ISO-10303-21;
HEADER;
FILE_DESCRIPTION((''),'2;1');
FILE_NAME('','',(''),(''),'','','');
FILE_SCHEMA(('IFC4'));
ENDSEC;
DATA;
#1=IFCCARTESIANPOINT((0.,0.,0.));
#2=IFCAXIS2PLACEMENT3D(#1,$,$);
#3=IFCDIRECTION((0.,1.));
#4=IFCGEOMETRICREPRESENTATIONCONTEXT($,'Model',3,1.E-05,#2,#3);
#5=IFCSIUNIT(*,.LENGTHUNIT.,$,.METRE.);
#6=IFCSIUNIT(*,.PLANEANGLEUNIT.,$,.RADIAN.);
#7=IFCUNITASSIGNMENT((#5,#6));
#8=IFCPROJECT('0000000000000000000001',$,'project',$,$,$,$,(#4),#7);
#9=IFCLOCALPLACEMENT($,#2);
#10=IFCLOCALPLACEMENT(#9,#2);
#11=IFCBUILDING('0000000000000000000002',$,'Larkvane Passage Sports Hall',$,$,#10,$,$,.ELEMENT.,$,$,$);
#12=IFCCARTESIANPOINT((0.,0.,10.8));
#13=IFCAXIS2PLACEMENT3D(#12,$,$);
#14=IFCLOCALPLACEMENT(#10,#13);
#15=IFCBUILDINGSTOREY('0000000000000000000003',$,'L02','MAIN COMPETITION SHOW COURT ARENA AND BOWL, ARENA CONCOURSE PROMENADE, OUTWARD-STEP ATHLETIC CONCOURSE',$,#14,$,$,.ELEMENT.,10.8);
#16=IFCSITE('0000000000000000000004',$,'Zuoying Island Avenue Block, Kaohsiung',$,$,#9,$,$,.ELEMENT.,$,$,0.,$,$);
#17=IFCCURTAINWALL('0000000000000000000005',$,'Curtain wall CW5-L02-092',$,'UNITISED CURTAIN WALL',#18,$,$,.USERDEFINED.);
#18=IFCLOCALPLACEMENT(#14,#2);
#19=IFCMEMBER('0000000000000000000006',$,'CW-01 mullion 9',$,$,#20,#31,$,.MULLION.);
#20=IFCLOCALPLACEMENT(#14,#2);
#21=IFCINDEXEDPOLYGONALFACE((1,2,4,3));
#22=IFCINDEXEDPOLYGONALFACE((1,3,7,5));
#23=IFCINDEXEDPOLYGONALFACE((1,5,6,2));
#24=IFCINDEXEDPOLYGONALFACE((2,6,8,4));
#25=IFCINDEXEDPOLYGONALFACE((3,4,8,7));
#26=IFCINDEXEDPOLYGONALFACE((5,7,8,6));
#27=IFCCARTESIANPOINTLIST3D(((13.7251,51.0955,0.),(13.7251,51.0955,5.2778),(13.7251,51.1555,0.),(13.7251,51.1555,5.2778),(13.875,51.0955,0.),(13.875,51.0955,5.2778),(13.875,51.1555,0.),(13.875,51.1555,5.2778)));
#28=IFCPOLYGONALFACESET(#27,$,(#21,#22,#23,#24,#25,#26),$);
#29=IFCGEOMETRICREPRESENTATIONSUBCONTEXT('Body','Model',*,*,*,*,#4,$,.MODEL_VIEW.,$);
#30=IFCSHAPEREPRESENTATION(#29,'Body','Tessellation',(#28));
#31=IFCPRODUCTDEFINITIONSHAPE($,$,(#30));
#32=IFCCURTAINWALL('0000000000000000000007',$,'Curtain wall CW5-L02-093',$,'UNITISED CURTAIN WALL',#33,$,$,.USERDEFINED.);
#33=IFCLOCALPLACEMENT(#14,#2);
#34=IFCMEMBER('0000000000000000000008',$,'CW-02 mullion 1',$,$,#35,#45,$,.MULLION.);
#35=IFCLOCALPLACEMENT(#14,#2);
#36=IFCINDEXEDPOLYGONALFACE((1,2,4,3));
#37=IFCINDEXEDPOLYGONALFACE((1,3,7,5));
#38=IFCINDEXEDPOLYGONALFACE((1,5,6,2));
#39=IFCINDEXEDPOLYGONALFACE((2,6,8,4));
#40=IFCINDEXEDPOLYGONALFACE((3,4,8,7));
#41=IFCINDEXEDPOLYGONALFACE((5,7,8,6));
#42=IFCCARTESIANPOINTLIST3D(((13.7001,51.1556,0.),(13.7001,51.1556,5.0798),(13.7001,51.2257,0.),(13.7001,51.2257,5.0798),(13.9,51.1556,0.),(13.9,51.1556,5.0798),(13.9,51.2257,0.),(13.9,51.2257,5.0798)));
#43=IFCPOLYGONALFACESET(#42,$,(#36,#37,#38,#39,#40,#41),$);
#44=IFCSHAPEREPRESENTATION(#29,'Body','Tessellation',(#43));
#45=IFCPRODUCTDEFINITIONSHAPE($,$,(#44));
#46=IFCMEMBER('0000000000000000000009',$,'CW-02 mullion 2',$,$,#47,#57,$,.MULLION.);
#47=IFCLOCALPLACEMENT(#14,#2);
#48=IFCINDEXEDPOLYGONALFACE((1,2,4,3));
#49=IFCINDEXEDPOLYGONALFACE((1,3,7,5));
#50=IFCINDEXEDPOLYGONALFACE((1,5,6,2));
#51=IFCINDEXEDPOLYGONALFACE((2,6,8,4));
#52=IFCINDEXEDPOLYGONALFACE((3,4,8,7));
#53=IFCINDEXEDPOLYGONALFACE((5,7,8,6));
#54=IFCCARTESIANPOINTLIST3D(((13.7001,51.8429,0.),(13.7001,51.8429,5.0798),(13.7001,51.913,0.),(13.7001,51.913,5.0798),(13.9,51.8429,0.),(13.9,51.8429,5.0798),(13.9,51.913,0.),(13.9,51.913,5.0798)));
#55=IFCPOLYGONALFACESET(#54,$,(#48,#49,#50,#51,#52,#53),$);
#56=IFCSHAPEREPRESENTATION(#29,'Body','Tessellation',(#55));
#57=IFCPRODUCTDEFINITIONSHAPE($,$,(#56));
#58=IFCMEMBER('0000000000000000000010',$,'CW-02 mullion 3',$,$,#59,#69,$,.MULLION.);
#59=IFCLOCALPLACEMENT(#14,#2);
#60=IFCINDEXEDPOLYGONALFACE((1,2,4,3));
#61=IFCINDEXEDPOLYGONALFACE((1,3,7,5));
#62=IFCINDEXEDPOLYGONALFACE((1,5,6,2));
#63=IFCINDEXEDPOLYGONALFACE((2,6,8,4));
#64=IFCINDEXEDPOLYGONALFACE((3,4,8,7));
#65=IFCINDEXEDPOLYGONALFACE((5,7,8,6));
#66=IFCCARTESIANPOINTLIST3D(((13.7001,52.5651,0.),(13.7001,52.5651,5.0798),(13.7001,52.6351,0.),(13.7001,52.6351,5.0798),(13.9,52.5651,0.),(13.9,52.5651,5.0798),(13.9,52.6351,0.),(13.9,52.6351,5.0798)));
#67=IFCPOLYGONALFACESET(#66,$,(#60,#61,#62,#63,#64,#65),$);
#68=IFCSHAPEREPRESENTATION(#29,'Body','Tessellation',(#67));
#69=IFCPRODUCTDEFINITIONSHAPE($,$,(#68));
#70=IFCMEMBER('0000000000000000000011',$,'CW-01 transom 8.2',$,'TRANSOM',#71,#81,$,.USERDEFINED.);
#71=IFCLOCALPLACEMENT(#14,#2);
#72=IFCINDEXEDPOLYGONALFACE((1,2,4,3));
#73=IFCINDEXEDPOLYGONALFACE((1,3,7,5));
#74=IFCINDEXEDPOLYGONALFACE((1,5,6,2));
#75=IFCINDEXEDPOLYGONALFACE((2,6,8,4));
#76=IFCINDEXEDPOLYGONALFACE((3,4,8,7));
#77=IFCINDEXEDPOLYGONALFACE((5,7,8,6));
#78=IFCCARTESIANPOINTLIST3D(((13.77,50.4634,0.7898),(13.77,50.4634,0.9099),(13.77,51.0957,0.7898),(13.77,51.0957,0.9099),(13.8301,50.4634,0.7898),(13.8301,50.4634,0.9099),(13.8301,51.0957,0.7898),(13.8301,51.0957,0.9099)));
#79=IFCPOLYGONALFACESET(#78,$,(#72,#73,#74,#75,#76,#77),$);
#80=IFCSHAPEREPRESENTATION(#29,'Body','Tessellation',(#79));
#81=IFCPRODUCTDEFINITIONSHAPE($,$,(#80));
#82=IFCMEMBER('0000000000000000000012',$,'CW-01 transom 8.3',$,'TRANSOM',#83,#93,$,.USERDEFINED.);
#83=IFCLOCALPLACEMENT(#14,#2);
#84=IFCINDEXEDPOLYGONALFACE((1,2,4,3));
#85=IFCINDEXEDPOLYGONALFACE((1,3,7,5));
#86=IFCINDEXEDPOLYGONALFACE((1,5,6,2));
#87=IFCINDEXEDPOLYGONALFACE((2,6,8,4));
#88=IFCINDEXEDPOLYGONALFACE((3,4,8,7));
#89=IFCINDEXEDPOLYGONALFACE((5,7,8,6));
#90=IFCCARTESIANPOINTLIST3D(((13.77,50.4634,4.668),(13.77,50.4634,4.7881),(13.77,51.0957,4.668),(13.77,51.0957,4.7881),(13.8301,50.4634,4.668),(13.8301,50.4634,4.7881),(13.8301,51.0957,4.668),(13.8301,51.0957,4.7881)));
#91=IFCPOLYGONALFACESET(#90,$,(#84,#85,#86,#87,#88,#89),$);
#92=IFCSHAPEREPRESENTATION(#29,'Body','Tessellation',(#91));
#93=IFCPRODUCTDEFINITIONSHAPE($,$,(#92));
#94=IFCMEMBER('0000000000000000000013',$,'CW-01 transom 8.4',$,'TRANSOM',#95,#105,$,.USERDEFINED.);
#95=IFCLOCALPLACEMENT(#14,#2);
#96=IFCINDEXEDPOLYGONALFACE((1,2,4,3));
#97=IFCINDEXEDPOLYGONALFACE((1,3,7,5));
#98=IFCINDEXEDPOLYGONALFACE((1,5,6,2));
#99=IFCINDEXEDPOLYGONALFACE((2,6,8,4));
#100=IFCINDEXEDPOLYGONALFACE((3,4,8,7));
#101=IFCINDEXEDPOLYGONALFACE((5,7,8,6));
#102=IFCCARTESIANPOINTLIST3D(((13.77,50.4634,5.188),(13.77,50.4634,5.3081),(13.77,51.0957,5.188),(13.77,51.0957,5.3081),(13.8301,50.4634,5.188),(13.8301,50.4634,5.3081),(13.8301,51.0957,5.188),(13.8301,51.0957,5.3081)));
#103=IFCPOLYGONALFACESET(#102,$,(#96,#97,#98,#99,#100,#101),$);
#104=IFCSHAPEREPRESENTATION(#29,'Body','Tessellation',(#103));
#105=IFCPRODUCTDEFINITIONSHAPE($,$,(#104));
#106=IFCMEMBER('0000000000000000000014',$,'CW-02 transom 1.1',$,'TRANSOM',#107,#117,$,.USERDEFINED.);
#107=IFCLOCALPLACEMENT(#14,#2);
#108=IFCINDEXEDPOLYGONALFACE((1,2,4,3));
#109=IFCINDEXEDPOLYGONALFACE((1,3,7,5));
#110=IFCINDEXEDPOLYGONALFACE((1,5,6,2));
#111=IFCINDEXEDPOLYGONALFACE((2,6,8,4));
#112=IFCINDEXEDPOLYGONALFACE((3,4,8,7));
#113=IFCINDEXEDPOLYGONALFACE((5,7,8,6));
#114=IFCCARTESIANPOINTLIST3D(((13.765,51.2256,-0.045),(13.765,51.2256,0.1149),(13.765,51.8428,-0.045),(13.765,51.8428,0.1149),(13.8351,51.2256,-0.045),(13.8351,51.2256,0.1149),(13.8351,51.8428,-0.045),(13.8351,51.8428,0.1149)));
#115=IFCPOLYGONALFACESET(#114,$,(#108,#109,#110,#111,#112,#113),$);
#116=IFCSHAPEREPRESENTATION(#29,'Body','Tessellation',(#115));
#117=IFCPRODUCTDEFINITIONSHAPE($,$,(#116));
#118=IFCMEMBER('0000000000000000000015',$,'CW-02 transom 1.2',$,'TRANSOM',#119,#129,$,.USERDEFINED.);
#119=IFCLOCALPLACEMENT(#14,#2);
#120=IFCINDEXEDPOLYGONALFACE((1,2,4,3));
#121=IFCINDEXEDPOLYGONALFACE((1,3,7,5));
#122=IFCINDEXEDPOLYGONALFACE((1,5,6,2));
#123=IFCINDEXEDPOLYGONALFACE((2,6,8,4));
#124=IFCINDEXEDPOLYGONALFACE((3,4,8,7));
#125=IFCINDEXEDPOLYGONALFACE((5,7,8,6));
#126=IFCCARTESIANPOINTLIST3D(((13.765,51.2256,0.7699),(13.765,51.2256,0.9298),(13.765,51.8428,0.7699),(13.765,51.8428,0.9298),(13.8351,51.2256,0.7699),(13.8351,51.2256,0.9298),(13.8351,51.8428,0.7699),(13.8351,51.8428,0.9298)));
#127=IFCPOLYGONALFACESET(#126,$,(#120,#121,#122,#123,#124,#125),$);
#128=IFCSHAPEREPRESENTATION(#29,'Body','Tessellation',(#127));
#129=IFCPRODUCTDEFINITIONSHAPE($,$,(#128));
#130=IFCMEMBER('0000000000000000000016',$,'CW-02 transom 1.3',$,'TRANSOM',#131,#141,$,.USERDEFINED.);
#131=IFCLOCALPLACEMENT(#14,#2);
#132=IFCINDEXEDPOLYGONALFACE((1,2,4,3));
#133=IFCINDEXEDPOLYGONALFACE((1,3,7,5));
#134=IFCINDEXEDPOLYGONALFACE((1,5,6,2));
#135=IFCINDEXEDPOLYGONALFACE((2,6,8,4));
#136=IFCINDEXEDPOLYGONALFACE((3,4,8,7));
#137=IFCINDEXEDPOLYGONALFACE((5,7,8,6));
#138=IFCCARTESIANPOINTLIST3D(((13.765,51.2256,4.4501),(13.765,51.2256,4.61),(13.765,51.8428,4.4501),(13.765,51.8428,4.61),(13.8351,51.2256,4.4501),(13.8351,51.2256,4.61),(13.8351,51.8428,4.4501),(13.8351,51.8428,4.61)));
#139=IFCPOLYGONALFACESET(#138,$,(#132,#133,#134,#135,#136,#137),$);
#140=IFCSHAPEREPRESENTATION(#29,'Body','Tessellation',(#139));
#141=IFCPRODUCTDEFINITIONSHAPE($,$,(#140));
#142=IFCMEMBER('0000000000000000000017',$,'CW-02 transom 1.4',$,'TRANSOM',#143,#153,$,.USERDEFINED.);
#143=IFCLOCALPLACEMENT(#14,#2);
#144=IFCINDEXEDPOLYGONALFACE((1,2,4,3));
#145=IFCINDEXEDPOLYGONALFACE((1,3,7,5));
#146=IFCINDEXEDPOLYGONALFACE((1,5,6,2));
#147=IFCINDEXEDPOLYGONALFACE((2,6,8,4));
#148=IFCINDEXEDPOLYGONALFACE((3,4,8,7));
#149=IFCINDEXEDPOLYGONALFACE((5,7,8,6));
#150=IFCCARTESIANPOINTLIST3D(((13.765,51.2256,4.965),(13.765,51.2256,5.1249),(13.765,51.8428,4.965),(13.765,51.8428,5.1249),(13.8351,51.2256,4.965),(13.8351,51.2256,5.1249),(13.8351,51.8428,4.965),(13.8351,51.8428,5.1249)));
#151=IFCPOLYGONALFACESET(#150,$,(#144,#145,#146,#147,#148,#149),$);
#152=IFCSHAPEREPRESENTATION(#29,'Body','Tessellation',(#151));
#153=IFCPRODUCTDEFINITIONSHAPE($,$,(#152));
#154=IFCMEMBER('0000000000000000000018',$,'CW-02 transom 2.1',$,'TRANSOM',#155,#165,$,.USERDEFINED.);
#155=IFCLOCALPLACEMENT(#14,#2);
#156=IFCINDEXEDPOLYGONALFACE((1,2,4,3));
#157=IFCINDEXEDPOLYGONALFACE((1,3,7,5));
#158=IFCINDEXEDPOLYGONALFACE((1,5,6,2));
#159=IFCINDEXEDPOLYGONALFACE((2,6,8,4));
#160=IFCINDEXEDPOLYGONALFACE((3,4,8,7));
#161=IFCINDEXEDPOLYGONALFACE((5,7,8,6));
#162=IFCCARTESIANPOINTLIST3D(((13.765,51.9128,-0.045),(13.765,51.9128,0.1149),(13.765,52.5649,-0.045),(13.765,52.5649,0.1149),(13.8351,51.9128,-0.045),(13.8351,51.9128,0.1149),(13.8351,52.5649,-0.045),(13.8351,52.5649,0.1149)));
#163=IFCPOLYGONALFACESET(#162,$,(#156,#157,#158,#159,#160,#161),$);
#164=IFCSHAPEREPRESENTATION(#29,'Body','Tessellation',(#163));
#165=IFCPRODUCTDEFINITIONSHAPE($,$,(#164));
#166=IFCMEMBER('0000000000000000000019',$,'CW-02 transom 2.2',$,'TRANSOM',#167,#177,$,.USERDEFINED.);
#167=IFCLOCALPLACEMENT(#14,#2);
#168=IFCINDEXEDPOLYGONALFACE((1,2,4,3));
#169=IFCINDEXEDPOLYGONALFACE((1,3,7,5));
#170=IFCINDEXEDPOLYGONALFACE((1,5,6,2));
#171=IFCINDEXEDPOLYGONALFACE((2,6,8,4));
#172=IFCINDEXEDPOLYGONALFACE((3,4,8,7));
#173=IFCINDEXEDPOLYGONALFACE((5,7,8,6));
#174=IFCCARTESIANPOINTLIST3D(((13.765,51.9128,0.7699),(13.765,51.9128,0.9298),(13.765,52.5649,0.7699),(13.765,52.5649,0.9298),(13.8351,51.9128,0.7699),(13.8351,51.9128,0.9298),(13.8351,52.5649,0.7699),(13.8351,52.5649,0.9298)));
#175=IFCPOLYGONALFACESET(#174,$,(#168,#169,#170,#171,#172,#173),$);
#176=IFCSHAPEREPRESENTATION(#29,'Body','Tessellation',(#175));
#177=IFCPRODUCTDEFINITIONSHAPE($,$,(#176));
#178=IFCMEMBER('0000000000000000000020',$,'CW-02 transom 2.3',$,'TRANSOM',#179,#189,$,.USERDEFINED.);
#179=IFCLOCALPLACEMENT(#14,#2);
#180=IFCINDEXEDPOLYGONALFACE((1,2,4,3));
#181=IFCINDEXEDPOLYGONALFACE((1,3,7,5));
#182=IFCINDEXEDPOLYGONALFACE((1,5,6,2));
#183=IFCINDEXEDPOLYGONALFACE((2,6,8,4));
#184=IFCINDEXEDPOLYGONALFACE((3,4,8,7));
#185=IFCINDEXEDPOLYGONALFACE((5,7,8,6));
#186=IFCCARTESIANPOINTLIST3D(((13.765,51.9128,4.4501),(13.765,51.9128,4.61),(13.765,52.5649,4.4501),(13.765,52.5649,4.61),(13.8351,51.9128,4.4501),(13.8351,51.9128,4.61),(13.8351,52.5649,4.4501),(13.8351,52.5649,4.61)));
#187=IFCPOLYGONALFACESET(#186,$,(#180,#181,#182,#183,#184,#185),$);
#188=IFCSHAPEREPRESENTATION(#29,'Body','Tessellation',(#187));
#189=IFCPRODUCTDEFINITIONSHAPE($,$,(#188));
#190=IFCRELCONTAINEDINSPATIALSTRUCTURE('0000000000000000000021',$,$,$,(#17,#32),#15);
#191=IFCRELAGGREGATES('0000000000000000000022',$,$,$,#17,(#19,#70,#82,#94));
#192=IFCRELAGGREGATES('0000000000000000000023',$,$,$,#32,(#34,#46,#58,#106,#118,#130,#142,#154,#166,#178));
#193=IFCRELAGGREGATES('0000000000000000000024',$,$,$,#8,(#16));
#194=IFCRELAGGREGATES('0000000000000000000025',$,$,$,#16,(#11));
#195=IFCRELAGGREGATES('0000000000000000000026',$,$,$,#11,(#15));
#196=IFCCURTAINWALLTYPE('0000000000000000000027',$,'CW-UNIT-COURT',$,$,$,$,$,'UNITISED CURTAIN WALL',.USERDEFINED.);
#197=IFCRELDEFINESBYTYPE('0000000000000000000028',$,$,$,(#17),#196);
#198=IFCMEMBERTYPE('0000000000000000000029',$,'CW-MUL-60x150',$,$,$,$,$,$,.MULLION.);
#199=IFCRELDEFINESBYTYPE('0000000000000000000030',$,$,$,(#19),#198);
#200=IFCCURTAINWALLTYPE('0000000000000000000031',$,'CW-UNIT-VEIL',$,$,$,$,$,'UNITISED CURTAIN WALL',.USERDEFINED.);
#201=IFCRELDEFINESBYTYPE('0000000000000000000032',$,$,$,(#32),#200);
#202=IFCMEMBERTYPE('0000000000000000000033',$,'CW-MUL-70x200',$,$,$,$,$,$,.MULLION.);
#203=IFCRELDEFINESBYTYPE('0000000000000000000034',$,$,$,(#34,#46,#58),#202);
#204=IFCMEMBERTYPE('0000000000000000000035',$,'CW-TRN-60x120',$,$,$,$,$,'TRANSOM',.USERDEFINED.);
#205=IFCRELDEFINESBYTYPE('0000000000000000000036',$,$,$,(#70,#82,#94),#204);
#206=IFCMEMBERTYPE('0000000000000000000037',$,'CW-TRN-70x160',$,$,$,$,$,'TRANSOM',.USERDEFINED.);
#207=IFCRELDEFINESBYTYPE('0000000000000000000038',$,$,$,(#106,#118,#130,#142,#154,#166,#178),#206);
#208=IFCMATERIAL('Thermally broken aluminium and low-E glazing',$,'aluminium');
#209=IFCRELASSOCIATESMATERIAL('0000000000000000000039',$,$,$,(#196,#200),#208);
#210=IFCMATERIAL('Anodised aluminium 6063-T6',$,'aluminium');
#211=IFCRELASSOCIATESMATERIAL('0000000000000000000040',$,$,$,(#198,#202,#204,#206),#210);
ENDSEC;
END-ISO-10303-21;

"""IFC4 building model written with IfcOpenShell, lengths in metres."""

from ifc_helpers import new_model, si_unit, direction, frame, origin, origin_2d, place, context, subcontext, project, spatial, rectangle, extrude, material, material_profile, profile_set, type_object, element, aggregate, save


model = new_model("IFC4")

# Units and contexts
model_context = context("Model", 3, precision=1e-05, world=origin(), true_north=direction((0.0, 1.0)))
body_context = subcontext(model_context, "Body", "Model", "MODEL_VIEW")
ifc_project = project(units=[si_unit("LENGTHUNIT", "METRE"), si_unit("PLANEANGLEUNIT", "RADIAN")], contexts=[model_context])

# Site, building, storey
site_placement = place(None, origin())
site = spatial("IfcSite", under=ifc_project, at=site_placement, Name="Zuoying Island Avenue Block, Kaohsiung", CompositionType="ELEMENT", RefElevation=0.0)
building_placement = place(site_placement, origin())
building = spatial("IfcBuilding", under=site, at=building_placement, Name="Larkvane Passage Sports Hall", CompositionType="ELEMENT")
storey_placement = place(building_placement, frame((0.0, 0.0, 10.8)))
storey = spatial("IfcBuildingStorey", under=building, at=storey_placement, Name="L02", Description="MAIN COMPETITION SHOW COURT ARENA AND BOWL, ARENA CONCOURSE PROMENADE, OUTWARD-STEP ATHLETIC CONCOURSE", CompositionType="ELEMENT", Elevation=10.8)

# Curtain wall, member
ifc_material_1 = material(Name="Thermally broken aluminium and low-E glazing", Category="aluminium")
curtain_wall_type_1 = type_object("IfcCurtainWallType", Name="CW-UNIT-COURT", ElementType="UNITISED CURTAIN WALL", PredefinedType="USERDEFINED", material=ifc_material_1)
curtain_wall_1_placement = place(storey_placement, origin())
curtain_wall_1 = element("IfcCurtainWall", 1, at=curtain_wall_1_placement, inside=storey, type_object=curtain_wall_type_1, Name="Curtain wall CW5-L02-092", ObjectType="UNITISED CURTAIN WALL", PredefinedType="USERDEFINED")
ifc_material_2 = material(Name="Anodised aluminium 6063-T6", Category="aluminium")
ifc_material_profile_1 = material_profile(ifc_material_2, rectangle(XDim=0.0601, YDim=0.1499, at=origin_2d()), Name="ALU-MUL-60x150")
ifc_profile_set_1 = profile_set([ifc_material_profile_1], Name="Anodised aluminium 6063-T6")
member_type_1 = type_object("IfcMemberType", Name="CW-MUL-60x150", PredefinedType="MULLION", material=ifc_profile_set_1)
member_1_placement = place(storey_placement, frame((13.8, 51.1255, 0.0), z_axis=(0.0, 0.0, 1.0), x_axis=(0.0, 1.0, 0.0)))
member_1 = element("IfcMember", 2, at=member_1_placement, type_object=member_type_1, Name="CW-01 mullion 9", PredefinedType="MULLION", context=body_context, shape_type="SweptSolid", body=[
    extrude(rectangle(XDim=0.0601, YDim=0.1499, at=origin_2d()), origin(), (0.0, 0.0, 1.0), 5.2778),
])

# Curtain wall, members
curtain_wall_type_2 = type_object("IfcCurtainWallType", Name="CW-UNIT-VEIL", ElementType="UNITISED CURTAIN WALL", PredefinedType="USERDEFINED", material=ifc_material_1)
curtain_wall_2_placement = place(storey_placement, origin())
curtain_wall_2 = element("IfcCurtainWall", 3, at=curtain_wall_2_placement, inside=storey, type_object=curtain_wall_type_2, Name="Curtain wall CW5-L02-093", ObjectType="UNITISED CURTAIN WALL", PredefinedType="USERDEFINED")
ifc_material_profile_2 = material_profile(ifc_material_2, rectangle(XDim=0.0701, YDim=0.2, at=origin_2d()), Name="ALU-MUL-70x200")
ifc_profile_set_2 = profile_set([ifc_material_profile_2], Name="Anodised aluminium 6063-T6")
member_type_2 = type_object("IfcMemberType", Name="CW-MUL-70x200", PredefinedType="MULLION", material=ifc_profile_set_2)
member_2_placement = place(storey_placement, frame((13.8, 51.1907, 0.0), z_axis=(0.0, 0.0, 1.0), x_axis=(0.0, 1.0, 0.0)))
member_2 = element("IfcMember", 4, at=member_2_placement, type_object=member_type_2, Name="CW-02 mullion 1", PredefinedType="MULLION", context=body_context, shape_type="SweptSolid", body=[
    extrude(rectangle(XDim=0.0701, YDim=0.2, at=origin_2d()), origin(), (0.0, 0.0, 1.0), 5.0798),
])
member_3_placement = place(storey_placement, frame((13.8, 51.8779, 0.0), z_axis=(0.0, 0.0, 1.0), x_axis=(0.0, 1.0, 0.0)))
member_3 = element("IfcMember", 5, at=member_3_placement, type_object=member_type_2, Name="CW-02 mullion 2", PredefinedType="MULLION", context=body_context, shape_type="SweptSolid", body=[
    extrude(rectangle(XDim=0.0701, YDim=0.2, at=origin_2d()), origin(), (0.0, 0.0, 1.0), 5.0798),
])
member_4_placement = place(storey_placement, frame((13.8, 52.6001, 0.0), z_axis=(0.0, 0.0, 1.0), x_axis=(0.0, 1.0, 0.0)))
member_4 = element("IfcMember", 6, at=member_4_placement, type_object=member_type_2, Name="CW-02 mullion 3", PredefinedType="MULLION", context=body_context, shape_type="SweptSolid", body=[
    extrude(rectangle(XDim=0.0701, YDim=0.2, at=origin_2d()), origin(), (0.0, 0.0, 1.0), 5.0798),
])

# Members
ifc_material_profile_3 = material_profile(ifc_material_2, rectangle(XDim=0.0601, YDim=0.1201, at=origin_2d()), Name="ALU-TRN-60x120")
ifc_profile_set_3 = profile_set([ifc_material_profile_3], Name="Anodised aluminium 6063-T6")
member_type_3 = type_object("IfcMemberType", Name="CW-TRN-60x120", ElementType="TRANSOM", PredefinedType="USERDEFINED", material=ifc_profile_set_3)
member_5_placement = place(storey_placement, frame((13.8, 50.4634, 0.8499), z_axis=(0.0, 1.0, 0.0), x_axis=(-1.0, 0.0, 0.0)))
member_5 = element("IfcMember", 7, at=member_5_placement, type_object=member_type_3, Name="CW-01 transom 8.2", ObjectType="TRANSOM", PredefinedType="USERDEFINED", context=body_context, shape_type="SweptSolid", body=[
    extrude(rectangle(XDim=0.0601, YDim=0.1201, at=origin_2d()), origin(), (0.0, 0.0, 1.0), 0.6323),
])
member_6_placement = place(storey_placement, frame((13.8, 50.4634, 4.728), z_axis=(0.0, 1.0, 0.0), x_axis=(-1.0, 0.0, 0.0)))
member_6 = element("IfcMember", 8, at=member_6_placement, type_object=member_type_3, Name="CW-01 transom 8.3", ObjectType="TRANSOM", PredefinedType="USERDEFINED", context=body_context, shape_type="SweptSolid", body=[
    extrude(rectangle(XDim=0.0601, YDim=0.1201, at=origin_2d()), origin(), (0.0, 0.0, 1.0), 0.6323),
])
member_7_placement = place(storey_placement, frame((13.8, 50.4634, 5.248), z_axis=(0.0, 1.0, 0.0), x_axis=(-1.0, 0.0, 0.0)))
member_7 = element("IfcMember", 9, at=member_7_placement, type_object=member_type_3, Name="CW-01 transom 8.4", ObjectType="TRANSOM", PredefinedType="USERDEFINED", context=body_context, shape_type="SweptSolid", body=[
    extrude(rectangle(XDim=0.0601, YDim=0.1201, at=origin_2d()), origin(), (0.0, 0.0, 1.0), 0.6323),
])
ifc_material_profile_4 = material_profile(ifc_material_2, rectangle(XDim=0.0701, YDim=0.1599, at=origin_2d()), Name="ALU-TRN-70x160")
ifc_profile_set_4 = profile_set([ifc_material_profile_4], Name="Anodised aluminium 6063-T6")
member_type_4 = type_object("IfcMemberType", Name="CW-TRN-70x160", ElementType="TRANSOM", PredefinedType="USERDEFINED", material=ifc_profile_set_4)
member_8_placement = place(storey_placement, frame((13.8, 51.2256, 0.0349), z_axis=(0.0, 1.0, 0.0), x_axis=(-1.0, 0.0, 0.0)))
member_8 = element("IfcMember", 10, at=member_8_placement, type_object=member_type_4, Name="CW-02 transom 1.1", ObjectType="TRANSOM", PredefinedType="USERDEFINED", context=body_context, shape_type="SweptSolid", body=[
    extrude(rectangle(XDim=0.0701, YDim=0.1599, at=origin_2d()), origin(), (0.0, 0.0, 1.0), 0.6172),
])
member_9_placement = place(storey_placement, frame((13.8, 51.2256, 0.8499), z_axis=(0.0, 1.0, 0.0), x_axis=(-1.0, 0.0, 0.0)))
member_9 = element("IfcMember", 11, at=member_9_placement, type_object=member_type_4, Name="CW-02 transom 1.2", ObjectType="TRANSOM", PredefinedType="USERDEFINED", context=body_context, shape_type="SweptSolid", body=[
    extrude(rectangle(XDim=0.0701, YDim=0.1599, at=origin_2d()), origin(), (0.0, 0.0, 1.0), 0.6172),
])
member_10_placement = place(storey_placement, frame((13.8, 51.2256, 4.53), z_axis=(0.0, 1.0, 0.0), x_axis=(-1.0, 0.0, 0.0)))
member_10 = element("IfcMember", 12, at=member_10_placement, type_object=member_type_4, Name="CW-02 transom 1.3", ObjectType="TRANSOM", PredefinedType="USERDEFINED", context=body_context, shape_type="SweptSolid", body=[
    extrude(rectangle(XDim=0.0701, YDim=0.1599, at=origin_2d()), origin(), (0.0, 0.0, 1.0), 0.6172),
])
member_11_placement = place(storey_placement, frame((13.8, 51.2256, 5.0449), z_axis=(0.0, 1.0, 0.0), x_axis=(-1.0, 0.0, 0.0)))
member_11 = element("IfcMember", 13, at=member_11_placement, type_object=member_type_4, Name="CW-02 transom 1.4", ObjectType="TRANSOM", PredefinedType="USERDEFINED", context=body_context, shape_type="SweptSolid", body=[
    extrude(rectangle(XDim=0.0701, YDim=0.1599, at=origin_2d()), origin(), (0.0, 0.0, 1.0), 0.6172),
])
member_12_placement = place(storey_placement, frame((13.8, 51.9128, 0.0349), z_axis=(0.0, 1.0, 0.0), x_axis=(-1.0, 0.0, 0.0)))
member_12 = element("IfcMember", 14, at=member_12_placement, type_object=member_type_4, Name="CW-02 transom 2.1", ObjectType="TRANSOM", PredefinedType="USERDEFINED", context=body_context, shape_type="SweptSolid", body=[
    extrude(rectangle(XDim=0.0701, YDim=0.1599, at=origin_2d()), origin(), (0.0, 0.0, 1.0), 0.6521),
])
member_13_placement = place(storey_placement, frame((13.8, 51.9128, 0.8499), z_axis=(0.0, 1.0, 0.0), x_axis=(-1.0, 0.0, 0.0)))
member_13 = element("IfcMember", 15, at=member_13_placement, type_object=member_type_4, Name="CW-02 transom 2.2", ObjectType="TRANSOM", PredefinedType="USERDEFINED", context=body_context, shape_type="SweptSolid", body=[
    extrude(rectangle(XDim=0.0701, YDim=0.1599, at=origin_2d()), origin(), (0.0, 0.0, 1.0), 0.6521),
])
member_14_placement = place(storey_placement, frame((13.8, 51.9128, 4.53), z_axis=(0.0, 1.0, 0.0), x_axis=(-1.0, 0.0, 0.0)))
member_14 = element("IfcMember", 16, at=member_14_placement, type_object=member_type_4, Name="CW-02 transom 2.3", ObjectType="TRANSOM", PredefinedType="USERDEFINED", context=body_context, shape_type="SweptSolid", body=[
    extrude(rectangle(XDim=0.0701, YDim=0.1599, at=origin_2d()), origin(), (0.0, 0.0, 1.0), 0.6521),
])

aggregate(curtain_wall_1, [member_1, member_5, member_6, member_7])
aggregate(curtain_wall_2, [member_2, member_3, member_4, member_8, member_9, member_10, member_11, member_12, member_13, member_14])

save(model, "model.ifc")
